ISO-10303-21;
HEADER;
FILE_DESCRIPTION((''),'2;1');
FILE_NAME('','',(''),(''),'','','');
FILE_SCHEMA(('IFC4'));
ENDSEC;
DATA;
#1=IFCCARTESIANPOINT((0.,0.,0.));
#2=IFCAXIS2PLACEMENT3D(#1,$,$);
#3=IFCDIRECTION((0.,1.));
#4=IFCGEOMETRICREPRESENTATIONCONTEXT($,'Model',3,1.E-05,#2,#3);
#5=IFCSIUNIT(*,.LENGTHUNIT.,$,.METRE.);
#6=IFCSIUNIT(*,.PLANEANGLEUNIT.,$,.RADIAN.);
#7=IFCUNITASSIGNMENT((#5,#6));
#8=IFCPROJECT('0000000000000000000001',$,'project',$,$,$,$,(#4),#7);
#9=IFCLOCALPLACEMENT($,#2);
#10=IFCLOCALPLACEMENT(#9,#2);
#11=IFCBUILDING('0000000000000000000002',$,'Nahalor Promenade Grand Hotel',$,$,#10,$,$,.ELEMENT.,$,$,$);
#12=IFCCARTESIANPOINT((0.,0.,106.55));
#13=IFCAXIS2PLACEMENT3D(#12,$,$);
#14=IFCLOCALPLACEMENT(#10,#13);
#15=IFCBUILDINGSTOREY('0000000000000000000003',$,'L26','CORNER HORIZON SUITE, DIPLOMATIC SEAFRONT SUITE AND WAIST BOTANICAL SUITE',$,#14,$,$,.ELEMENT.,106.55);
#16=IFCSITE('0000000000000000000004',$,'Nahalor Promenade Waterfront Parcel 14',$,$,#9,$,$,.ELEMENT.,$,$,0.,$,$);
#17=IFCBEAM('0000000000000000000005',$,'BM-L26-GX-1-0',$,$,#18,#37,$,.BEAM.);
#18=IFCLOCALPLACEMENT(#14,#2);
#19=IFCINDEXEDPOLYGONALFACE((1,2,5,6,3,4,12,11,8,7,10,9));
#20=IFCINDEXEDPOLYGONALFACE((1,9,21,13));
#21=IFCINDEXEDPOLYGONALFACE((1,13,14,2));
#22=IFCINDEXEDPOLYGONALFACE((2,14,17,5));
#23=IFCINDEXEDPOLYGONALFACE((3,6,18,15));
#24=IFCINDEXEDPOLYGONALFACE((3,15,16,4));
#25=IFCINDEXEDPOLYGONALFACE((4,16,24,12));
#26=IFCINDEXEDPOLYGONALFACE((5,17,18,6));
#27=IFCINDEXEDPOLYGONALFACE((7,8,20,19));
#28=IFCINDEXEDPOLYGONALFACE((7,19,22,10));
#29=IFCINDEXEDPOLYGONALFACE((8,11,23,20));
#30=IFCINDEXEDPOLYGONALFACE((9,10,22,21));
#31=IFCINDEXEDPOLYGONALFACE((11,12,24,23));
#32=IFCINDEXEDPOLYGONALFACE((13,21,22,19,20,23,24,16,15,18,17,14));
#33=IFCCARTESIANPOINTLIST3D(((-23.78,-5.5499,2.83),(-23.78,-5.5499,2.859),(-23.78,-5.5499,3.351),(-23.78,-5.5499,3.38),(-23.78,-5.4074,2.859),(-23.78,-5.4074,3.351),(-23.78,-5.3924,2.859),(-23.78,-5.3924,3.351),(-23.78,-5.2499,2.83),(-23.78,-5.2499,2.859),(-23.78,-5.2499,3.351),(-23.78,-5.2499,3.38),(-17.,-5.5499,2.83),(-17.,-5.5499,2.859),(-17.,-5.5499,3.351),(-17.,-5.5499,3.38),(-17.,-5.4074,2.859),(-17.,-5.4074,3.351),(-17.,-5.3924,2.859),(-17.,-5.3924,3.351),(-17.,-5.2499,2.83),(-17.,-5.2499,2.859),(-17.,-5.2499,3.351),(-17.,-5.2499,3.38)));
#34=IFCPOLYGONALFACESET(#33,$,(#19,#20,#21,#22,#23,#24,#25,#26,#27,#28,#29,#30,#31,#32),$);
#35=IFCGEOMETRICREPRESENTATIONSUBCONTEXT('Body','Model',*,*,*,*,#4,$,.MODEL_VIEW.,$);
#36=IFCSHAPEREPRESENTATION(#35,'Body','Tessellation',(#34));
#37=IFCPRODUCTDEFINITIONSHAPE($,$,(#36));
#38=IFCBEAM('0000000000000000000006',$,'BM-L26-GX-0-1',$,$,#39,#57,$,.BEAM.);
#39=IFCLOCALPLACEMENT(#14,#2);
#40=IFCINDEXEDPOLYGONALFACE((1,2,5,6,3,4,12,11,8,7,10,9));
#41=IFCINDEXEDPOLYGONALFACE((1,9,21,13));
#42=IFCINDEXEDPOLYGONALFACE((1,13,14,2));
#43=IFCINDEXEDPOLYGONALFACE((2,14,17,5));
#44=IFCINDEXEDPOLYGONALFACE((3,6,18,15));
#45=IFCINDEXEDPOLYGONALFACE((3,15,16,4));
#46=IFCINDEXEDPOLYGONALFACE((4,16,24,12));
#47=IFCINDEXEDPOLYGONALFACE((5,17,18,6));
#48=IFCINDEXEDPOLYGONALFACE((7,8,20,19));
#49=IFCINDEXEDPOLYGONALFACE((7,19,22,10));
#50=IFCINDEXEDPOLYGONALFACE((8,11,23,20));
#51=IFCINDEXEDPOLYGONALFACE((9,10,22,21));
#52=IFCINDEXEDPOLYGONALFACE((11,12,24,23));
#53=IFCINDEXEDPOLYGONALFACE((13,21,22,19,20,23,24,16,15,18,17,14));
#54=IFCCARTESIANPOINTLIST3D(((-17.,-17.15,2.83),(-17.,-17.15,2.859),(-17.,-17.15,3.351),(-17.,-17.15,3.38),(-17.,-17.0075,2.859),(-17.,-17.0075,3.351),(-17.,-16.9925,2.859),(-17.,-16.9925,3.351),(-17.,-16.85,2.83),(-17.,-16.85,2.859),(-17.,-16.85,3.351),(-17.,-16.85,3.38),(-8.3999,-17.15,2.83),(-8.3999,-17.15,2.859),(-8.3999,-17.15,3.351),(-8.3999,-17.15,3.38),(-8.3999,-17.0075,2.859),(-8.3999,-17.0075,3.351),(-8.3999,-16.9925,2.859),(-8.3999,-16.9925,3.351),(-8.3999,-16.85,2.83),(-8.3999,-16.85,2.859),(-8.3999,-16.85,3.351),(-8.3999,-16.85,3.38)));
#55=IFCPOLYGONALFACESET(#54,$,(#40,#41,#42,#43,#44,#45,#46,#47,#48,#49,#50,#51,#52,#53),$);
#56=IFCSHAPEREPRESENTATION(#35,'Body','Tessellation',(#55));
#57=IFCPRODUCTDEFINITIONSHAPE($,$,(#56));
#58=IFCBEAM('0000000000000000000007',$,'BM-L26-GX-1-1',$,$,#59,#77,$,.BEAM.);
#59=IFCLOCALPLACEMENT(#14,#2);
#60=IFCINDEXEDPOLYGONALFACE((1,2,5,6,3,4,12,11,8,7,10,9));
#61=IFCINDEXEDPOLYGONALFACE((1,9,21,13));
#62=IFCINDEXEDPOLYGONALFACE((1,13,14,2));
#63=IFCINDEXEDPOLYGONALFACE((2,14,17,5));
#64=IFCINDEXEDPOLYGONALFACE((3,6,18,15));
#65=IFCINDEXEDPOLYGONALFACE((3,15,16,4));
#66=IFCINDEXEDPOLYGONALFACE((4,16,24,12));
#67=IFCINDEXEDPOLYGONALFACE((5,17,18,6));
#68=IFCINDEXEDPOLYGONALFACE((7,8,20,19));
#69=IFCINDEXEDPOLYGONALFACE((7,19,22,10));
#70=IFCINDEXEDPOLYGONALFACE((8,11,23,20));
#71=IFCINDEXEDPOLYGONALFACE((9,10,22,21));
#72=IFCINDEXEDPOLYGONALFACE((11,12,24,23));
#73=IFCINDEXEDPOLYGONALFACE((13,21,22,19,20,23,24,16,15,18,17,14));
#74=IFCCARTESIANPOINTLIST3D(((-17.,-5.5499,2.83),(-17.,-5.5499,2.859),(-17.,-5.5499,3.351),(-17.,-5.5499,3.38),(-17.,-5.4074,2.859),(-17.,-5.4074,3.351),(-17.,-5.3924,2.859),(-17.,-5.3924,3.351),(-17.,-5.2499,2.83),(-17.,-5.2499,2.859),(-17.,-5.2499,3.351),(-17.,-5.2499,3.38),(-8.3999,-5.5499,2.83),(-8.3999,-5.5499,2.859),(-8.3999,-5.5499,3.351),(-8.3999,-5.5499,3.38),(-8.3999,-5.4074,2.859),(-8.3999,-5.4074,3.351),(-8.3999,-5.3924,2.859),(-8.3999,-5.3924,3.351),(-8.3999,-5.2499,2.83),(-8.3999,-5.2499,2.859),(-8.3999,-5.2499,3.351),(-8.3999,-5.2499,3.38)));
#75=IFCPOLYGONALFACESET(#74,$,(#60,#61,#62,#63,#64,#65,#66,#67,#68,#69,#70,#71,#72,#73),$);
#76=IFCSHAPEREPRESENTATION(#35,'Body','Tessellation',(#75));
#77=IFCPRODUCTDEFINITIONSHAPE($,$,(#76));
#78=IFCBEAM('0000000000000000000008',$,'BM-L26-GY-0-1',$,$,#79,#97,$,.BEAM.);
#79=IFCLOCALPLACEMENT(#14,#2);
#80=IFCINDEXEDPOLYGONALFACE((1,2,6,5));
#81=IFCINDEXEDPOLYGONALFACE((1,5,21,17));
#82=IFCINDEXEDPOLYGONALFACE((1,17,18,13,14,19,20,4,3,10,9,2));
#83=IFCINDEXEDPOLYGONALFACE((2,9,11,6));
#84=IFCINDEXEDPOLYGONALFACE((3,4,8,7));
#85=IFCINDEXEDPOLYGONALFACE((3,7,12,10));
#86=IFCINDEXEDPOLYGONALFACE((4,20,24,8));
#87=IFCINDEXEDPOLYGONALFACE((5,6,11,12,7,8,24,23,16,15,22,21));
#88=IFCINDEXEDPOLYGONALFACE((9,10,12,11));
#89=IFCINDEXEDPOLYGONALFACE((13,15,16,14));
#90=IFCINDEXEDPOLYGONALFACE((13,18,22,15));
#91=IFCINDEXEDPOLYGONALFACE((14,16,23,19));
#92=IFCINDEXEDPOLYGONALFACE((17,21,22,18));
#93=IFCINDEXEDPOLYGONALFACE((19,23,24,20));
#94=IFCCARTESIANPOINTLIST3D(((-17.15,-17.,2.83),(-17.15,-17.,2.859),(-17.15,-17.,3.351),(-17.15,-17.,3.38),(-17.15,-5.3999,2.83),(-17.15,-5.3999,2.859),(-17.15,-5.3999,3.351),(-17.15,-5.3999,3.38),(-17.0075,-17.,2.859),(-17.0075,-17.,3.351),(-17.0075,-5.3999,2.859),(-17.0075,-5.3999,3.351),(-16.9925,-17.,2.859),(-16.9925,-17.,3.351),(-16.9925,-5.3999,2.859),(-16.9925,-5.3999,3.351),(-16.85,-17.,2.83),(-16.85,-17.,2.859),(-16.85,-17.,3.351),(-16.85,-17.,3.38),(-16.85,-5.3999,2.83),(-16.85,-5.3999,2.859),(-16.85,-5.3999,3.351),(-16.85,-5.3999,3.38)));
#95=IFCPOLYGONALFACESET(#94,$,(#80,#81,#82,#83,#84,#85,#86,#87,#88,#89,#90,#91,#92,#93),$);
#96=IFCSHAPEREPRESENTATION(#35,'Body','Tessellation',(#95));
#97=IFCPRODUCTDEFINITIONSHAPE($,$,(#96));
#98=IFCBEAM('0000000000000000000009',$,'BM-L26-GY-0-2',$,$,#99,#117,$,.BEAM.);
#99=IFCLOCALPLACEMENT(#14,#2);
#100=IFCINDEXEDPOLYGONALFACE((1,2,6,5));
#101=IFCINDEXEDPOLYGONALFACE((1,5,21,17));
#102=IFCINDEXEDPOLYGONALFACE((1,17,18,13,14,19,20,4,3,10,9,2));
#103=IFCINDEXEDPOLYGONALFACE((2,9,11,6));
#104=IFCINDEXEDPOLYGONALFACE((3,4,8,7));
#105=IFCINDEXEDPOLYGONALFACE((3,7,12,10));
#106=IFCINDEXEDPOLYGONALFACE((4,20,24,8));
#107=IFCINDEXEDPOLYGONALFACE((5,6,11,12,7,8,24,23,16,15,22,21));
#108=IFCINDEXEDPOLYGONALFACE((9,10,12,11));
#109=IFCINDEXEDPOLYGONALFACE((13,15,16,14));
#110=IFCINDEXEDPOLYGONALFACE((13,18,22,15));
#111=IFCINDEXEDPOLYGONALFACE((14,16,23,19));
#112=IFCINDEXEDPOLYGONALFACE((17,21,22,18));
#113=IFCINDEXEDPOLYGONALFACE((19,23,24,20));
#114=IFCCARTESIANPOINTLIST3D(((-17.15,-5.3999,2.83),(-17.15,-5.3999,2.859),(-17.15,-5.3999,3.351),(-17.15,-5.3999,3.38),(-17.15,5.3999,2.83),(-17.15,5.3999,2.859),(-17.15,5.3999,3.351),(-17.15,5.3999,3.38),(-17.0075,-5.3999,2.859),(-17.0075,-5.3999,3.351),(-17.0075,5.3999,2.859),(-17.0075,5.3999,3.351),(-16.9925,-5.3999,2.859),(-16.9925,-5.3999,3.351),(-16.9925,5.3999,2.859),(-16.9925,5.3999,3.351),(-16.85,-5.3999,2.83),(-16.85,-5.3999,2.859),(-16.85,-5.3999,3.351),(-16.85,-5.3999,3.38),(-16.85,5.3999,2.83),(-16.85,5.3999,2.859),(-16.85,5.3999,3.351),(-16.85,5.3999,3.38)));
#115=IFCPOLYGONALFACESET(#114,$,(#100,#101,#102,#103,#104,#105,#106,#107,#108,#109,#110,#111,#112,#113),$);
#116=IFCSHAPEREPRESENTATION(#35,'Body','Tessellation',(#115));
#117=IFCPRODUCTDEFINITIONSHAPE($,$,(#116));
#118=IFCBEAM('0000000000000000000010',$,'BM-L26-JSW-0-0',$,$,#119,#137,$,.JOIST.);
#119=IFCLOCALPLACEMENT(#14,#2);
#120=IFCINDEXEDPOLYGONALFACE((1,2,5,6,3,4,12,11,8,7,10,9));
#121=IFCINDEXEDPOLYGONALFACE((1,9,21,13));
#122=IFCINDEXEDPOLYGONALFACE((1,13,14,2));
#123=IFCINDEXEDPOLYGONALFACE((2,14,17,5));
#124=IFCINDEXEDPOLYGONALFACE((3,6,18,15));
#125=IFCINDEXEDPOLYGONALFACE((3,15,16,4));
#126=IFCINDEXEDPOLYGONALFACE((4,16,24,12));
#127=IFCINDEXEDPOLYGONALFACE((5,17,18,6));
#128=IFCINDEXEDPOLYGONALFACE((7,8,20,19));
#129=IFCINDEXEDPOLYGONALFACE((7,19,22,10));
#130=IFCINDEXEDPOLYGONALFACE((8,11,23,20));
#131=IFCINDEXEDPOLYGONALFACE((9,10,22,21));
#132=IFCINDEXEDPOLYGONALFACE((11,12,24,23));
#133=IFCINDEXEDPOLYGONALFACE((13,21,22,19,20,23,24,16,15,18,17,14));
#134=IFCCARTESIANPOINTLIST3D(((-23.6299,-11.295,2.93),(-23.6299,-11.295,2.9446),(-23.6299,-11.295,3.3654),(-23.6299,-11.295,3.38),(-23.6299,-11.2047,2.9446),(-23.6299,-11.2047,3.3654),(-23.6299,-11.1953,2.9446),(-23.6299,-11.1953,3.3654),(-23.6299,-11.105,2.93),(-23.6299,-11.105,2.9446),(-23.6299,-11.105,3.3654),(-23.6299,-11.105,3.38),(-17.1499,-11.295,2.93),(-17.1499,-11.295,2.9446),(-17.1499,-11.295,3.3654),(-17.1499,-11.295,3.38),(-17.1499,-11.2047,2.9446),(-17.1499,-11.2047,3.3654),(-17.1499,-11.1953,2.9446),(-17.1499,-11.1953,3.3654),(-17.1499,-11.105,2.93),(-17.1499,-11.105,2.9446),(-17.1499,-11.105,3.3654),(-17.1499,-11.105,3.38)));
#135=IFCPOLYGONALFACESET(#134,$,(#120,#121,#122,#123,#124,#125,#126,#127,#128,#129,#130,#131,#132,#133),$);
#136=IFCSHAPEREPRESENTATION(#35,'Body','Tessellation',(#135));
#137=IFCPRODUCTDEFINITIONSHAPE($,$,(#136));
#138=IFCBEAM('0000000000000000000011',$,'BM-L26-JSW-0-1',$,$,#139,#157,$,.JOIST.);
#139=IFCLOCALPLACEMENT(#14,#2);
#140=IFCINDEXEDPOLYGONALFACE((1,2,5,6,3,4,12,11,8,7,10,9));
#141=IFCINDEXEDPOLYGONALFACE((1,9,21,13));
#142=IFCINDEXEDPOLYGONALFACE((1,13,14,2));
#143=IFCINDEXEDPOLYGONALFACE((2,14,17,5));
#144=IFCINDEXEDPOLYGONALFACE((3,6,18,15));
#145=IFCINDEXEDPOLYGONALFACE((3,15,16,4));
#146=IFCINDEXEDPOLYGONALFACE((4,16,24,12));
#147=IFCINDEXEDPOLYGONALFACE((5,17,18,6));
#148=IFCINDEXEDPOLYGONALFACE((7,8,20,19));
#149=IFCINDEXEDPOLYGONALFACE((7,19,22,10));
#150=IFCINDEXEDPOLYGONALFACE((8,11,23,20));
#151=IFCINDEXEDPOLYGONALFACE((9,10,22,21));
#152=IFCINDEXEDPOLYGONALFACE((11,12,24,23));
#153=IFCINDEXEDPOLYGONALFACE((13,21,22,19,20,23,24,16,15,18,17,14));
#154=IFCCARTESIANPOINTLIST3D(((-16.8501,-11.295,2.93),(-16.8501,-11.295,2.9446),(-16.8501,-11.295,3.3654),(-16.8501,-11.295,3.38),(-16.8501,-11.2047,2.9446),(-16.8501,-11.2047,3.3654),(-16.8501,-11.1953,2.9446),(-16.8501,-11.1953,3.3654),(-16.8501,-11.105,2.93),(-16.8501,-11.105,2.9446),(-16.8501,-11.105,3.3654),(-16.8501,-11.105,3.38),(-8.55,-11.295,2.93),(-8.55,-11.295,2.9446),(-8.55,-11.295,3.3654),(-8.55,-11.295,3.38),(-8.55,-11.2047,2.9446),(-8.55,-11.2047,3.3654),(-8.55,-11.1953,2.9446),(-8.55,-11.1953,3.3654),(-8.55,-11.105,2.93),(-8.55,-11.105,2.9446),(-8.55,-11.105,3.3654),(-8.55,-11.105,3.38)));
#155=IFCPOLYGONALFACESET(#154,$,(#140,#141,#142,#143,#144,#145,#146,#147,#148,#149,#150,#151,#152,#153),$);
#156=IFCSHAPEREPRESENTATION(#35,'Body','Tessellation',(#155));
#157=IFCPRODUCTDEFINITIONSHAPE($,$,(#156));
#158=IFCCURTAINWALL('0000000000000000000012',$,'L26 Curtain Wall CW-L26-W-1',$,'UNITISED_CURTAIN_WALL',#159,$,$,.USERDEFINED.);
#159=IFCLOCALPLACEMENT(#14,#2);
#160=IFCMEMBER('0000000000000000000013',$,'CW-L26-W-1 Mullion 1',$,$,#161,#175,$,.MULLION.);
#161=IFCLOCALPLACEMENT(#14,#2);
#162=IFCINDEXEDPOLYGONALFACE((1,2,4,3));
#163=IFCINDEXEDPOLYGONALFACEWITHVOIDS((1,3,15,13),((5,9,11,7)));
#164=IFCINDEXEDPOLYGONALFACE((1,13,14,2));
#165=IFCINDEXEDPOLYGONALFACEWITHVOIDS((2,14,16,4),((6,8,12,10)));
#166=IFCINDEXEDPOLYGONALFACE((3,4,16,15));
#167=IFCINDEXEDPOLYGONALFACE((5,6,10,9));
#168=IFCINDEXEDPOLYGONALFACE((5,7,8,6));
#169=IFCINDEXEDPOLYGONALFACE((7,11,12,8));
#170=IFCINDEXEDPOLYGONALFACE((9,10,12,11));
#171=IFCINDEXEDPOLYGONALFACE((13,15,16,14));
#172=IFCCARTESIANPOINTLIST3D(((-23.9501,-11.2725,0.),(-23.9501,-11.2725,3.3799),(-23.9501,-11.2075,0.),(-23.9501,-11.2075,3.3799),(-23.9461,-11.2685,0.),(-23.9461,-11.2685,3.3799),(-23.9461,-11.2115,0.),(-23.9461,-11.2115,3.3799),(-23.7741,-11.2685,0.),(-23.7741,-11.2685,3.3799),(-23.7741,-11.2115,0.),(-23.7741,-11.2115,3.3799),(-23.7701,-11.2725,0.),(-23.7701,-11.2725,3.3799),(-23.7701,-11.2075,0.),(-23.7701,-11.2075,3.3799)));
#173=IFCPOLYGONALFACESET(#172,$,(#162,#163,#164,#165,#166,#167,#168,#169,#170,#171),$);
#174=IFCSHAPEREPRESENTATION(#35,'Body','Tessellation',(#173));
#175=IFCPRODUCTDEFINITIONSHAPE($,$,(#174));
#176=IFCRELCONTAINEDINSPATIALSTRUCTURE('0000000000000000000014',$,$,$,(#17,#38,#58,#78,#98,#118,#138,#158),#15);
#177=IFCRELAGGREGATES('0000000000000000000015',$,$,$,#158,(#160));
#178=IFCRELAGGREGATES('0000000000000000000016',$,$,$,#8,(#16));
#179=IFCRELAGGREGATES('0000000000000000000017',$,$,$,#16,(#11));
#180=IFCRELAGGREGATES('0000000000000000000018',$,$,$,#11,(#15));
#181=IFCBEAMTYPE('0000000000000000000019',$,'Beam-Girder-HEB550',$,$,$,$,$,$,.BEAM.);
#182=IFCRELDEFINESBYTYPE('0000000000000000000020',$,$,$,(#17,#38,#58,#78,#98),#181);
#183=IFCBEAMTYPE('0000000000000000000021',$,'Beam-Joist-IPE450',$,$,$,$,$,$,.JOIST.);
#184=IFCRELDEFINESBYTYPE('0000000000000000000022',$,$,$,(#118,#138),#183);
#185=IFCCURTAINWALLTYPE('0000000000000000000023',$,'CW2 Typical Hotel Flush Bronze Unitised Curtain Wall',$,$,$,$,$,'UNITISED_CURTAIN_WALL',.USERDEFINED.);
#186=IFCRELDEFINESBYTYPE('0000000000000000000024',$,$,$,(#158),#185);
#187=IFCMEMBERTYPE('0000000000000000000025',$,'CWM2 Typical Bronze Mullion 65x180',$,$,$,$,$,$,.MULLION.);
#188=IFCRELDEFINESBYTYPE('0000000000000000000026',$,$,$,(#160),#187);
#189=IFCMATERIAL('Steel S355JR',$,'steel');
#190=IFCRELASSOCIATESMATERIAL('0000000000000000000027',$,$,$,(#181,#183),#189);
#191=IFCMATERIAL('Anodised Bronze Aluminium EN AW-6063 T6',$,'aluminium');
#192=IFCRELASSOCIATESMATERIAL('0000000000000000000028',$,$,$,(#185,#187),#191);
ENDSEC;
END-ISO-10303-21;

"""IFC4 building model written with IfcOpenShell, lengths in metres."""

from ifc_helpers import new_model, si_unit, direction, frame, origin, origin_2d, place, context, subcontext, project, spatial, hollow_rectangle, i_section, extrude, source, transform, mapped, material, material_profile, profile_set, type_object, element, aggregate, save


model = new_model("IFC4")

# Units and contexts
model_context = context("Model", 3, precision=1e-05, world=origin(), true_north=direction((0.0, 1.0)))
body_context = subcontext(model_context, "Body", "Model", "MODEL_VIEW")
ifc_project = project(units=[si_unit("LENGTHUNIT", "METRE"), si_unit("PLANEANGLEUNIT", "RADIAN")], contexts=[model_context])

# Site, building, storey
site_placement = place(None, origin())
site = spatial("IfcSite", under=ifc_project, at=site_placement, Name="Nahalor Promenade Waterfront Parcel 14", CompositionType="ELEMENT", RefElevation=0.0)
building_placement = place(site_placement, origin())
building = spatial("IfcBuilding", under=site, at=building_placement, Name="Nahalor Promenade Grand Hotel", CompositionType="ELEMENT")
storey_placement = place(building_placement, frame((0.0, 0.0, 106.55)))
storey = spatial("IfcBuildingStorey", under=building, at=storey_placement, Name="L26", Description="CORNER HORIZON SUITE, DIPLOMATIC SEAFRONT SUITE AND WAIST BOTANICAL SUITE", CompositionType="ELEMENT", Elevation=106.55)

# Beams
ifc_material_1 = material(Name="Steel S355JR", Category="steel")
ifc_material_profile_1 = material_profile(ifc_material_1, i_section(OverallWidth=0.3, OverallDepth=0.55, WebThickness=0.015, FlangeThickness=0.029, at=origin_2d()), Name="HEB 550")
ifc_profile_set_1 = profile_set([ifc_material_profile_1], Name="Steel S355JR")
beam_type_1 = type_object("IfcBeamType", Name="Beam-Girder-HEB550", PredefinedType="BEAM", material=ifc_profile_set_1)
shared_shape_1 = source(origin(), body_context, "Body", "SweptSolid", [
    extrude(i_section(OverallWidth=0.3, OverallDepth=0.55, WebThickness=0.015, FlangeThickness=0.029, at=origin_2d()), origin(), (0.0, 0.0, 1.0), 6.78),
])
for number, where, z_axis, x_axis, name in (
    (1, (-23.78, -5.3999, 3.105), (1.0, 0.0, 0.0), (0.0, 1.0, 0.0), "BM-L26-GX-1-0"),
):
    element("IfcBeam", number, at=place(storey_placement, frame(where, z_axis=z_axis, x_axis=x_axis)), inside=storey, type_object=beam_type_1, Name=name, PredefinedType="BEAM", context=body_context, shape_type="MappedRepresentation", body=[
        mapped(shared_shape_1, transform((0.0, 0.0, 0.0), scale=1.0)),
    ])
shared_shape_2 = source(origin(), body_context, "Body", "SweptSolid", [
    extrude(i_section(OverallWidth=0.3, OverallDepth=0.55, WebThickness=0.015, FlangeThickness=0.029, at=origin_2d()), origin(), (0.0, 0.0, 1.0), 8.6001),
])
for number, where, z_axis, x_axis, name in (
    (2, (-17.0, -17.0, 3.105), (1.0, 0.0, 0.0), (0.0, 1.0, 0.0), "BM-L26-GX-0-1"),
    (3, (-17.0, -5.3999, 3.105), (1.0, 0.0, 0.0), (0.0, 1.0, 0.0), "BM-L26-GX-1-1"),
):
    element("IfcBeam", number, at=place(storey_placement, frame(where, z_axis=z_axis, x_axis=x_axis)), inside=storey, type_object=beam_type_1, Name=name, PredefinedType="BEAM", context=body_context, shape_type="MappedRepresentation", body=[
        mapped(shared_shape_2, transform((0.0, 0.0, 0.0), scale=1.0)),
    ])
shared_shape_3 = source(origin(), body_context, "Body", "SweptSolid", [
    extrude(i_section(OverallWidth=0.3, OverallDepth=0.55, WebThickness=0.015, FlangeThickness=0.029, at=origin_2d()), origin(), (0.0, 0.0, 1.0), 11.6001),
])
beam_1_placement = place(storey_placement, frame((-17.0, -17.0, 3.105), z_axis=(0.0, 1.0, 0.0), x_axis=(-1.0, 0.0, 0.0)))
element("IfcBeam", 4, at=beam_1_placement, inside=storey, type_object=beam_type_1, Name="BM-L26-GY-0-1", PredefinedType="BEAM", context=body_context, shape_type="MappedRepresentation", body=[
    mapped(shared_shape_3, transform((0.0, 0.0, 0.0), scale=1.0)),
])
shared_shape_4 = source(origin(), body_context, "Body", "SweptSolid", [
    extrude(i_section(OverallWidth=0.3, OverallDepth=0.55, WebThickness=0.015, FlangeThickness=0.029, at=origin_2d()), origin(), (0.0, 0.0, 1.0), 10.7998),
])
beam_2_placement = place(storey_placement, frame((-17.0, -5.3999, 3.105), z_axis=(0.0, 1.0, 0.0), x_axis=(-1.0, 0.0, 0.0)))
element("IfcBeam", 5, at=beam_2_placement, inside=storey, type_object=beam_type_1, Name="BM-L26-GY-0-2", PredefinedType="BEAM", context=body_context, shape_type="MappedRepresentation", body=[
    mapped(shared_shape_4, transform((0.0, 0.0, 0.0), scale=1.0)),
])
ifc_material_profile_2 = material_profile(ifc_material_1, i_section(OverallWidth=0.19, OverallDepth=0.45, WebThickness=0.0094, FlangeThickness=0.0146, at=origin_2d()), Name="IPE 450")
ifc_profile_set_2 = profile_set([ifc_material_profile_2], Name="Steel S355JR")
beam_type_2 = type_object("IfcBeamType", Name="Beam-Joist-IPE450", PredefinedType="JOIST", material=ifc_profile_set_2)
shared_shape_5 = source(origin(), body_context, "Body", "SweptSolid", [
    extrude(i_section(OverallWidth=0.19, OverallDepth=0.45, WebThickness=0.0094, FlangeThickness=0.0146, at=origin_2d()), origin(), (0.0, 0.0, 1.0), 6.48),
])
beam_3_placement = place(storey_placement, frame((-23.6299, -11.2, 3.155), z_axis=(1.0, 0.0, 0.0), x_axis=(0.0, 1.0, 0.0)))
element("IfcBeam", 6, at=beam_3_placement, inside=storey, type_object=beam_type_2, Name="BM-L26-JSW-0-0", PredefinedType="JOIST", context=body_context, shape_type="MappedRepresentation", body=[
    mapped(shared_shape_5, transform((0.0, 0.0, 0.0), scale=1.0)),
])
shared_shape_6 = source(origin(), body_context, "Body", "SweptSolid", [
    extrude(i_section(OverallWidth=0.19, OverallDepth=0.45, WebThickness=0.0094, FlangeThickness=0.0146, at=origin_2d()), origin(), (0.0, 0.0, 1.0), 8.3),
])
beam_4_placement = place(storey_placement, frame((-16.8501, -11.2, 3.155), z_axis=(1.0, 0.0, 0.0), x_axis=(0.0, 1.0, 0.0)))
element("IfcBeam", 7, at=beam_4_placement, inside=storey, type_object=beam_type_2, Name="BM-L26-JSW-0-1", PredefinedType="JOIST", context=body_context, shape_type="MappedRepresentation", body=[
    mapped(shared_shape_6, transform((0.0, 0.0, 0.0), scale=1.0)),
])

# Curtain wall, member
ifc_material_2 = material(Name="Anodised Bronze Aluminium EN AW-6063 T6", Category="aluminium")
curtain_wall_type = type_object("IfcCurtainWallType", Name="CW2 Typical Hotel Flush Bronze Unitised Curtain Wall", ElementType="UNITISED_CURTAIN_WALL", PredefinedType="USERDEFINED", material=ifc_material_2)
curtain_wall_placement = place(storey_placement, origin())
curtain_wall = element("IfcCurtainWall", 8, at=curtain_wall_placement, inside=storey, type_object=curtain_wall_type, Name="L26 Curtain Wall CW-L26-W-1", ObjectType="UNITISED_CURTAIN_WALL", PredefinedType="USERDEFINED")
ifc_material_profile_3 = material_profile(ifc_material_2, hollow_rectangle(XDim=0.065, YDim=0.18, WallThickness=0.004, at=origin_2d()), Name="CWM 65x180x4")
ifc_profile_set_3 = profile_set([ifc_material_profile_3], Name="Anodised Bronze Aluminium EN AW-6063 T6")
member_type_1 = type_object("IfcMemberType", Name="CWM2 Typical Bronze Mullion 65x180", PredefinedType="MULLION", material=ifc_profile_set_3)
shared_shape_7 = source(origin(), body_context, "Body", "SweptSolid", [
    extrude(hollow_rectangle(XDim=0.065, YDim=0.18, WallThickness=0.004, at=origin_2d()), origin(), (0.0, 0.0, 1.0), 3.3799),
])
member_1_placement = place(storey_placement, frame((-23.8601, -11.24, 0.0), z_axis=(0.0, 0.0, 1.0), x_axis=(0.0, 1.0, 0.0)))
member_1 = element("IfcMember", 9, at=member_1_placement, type_object=member_type_1, Name="CW-L26-W-1 Mullion 1", PredefinedType="MULLION", context=body_context, shape_type="MappedRepresentation", body=[
    mapped(shared_shape_7, transform((0.0, 0.0, 0.0), scale=1.0)),
])
aggregate(curtain_wall, [member_1])

save(model, "model.ifc")
